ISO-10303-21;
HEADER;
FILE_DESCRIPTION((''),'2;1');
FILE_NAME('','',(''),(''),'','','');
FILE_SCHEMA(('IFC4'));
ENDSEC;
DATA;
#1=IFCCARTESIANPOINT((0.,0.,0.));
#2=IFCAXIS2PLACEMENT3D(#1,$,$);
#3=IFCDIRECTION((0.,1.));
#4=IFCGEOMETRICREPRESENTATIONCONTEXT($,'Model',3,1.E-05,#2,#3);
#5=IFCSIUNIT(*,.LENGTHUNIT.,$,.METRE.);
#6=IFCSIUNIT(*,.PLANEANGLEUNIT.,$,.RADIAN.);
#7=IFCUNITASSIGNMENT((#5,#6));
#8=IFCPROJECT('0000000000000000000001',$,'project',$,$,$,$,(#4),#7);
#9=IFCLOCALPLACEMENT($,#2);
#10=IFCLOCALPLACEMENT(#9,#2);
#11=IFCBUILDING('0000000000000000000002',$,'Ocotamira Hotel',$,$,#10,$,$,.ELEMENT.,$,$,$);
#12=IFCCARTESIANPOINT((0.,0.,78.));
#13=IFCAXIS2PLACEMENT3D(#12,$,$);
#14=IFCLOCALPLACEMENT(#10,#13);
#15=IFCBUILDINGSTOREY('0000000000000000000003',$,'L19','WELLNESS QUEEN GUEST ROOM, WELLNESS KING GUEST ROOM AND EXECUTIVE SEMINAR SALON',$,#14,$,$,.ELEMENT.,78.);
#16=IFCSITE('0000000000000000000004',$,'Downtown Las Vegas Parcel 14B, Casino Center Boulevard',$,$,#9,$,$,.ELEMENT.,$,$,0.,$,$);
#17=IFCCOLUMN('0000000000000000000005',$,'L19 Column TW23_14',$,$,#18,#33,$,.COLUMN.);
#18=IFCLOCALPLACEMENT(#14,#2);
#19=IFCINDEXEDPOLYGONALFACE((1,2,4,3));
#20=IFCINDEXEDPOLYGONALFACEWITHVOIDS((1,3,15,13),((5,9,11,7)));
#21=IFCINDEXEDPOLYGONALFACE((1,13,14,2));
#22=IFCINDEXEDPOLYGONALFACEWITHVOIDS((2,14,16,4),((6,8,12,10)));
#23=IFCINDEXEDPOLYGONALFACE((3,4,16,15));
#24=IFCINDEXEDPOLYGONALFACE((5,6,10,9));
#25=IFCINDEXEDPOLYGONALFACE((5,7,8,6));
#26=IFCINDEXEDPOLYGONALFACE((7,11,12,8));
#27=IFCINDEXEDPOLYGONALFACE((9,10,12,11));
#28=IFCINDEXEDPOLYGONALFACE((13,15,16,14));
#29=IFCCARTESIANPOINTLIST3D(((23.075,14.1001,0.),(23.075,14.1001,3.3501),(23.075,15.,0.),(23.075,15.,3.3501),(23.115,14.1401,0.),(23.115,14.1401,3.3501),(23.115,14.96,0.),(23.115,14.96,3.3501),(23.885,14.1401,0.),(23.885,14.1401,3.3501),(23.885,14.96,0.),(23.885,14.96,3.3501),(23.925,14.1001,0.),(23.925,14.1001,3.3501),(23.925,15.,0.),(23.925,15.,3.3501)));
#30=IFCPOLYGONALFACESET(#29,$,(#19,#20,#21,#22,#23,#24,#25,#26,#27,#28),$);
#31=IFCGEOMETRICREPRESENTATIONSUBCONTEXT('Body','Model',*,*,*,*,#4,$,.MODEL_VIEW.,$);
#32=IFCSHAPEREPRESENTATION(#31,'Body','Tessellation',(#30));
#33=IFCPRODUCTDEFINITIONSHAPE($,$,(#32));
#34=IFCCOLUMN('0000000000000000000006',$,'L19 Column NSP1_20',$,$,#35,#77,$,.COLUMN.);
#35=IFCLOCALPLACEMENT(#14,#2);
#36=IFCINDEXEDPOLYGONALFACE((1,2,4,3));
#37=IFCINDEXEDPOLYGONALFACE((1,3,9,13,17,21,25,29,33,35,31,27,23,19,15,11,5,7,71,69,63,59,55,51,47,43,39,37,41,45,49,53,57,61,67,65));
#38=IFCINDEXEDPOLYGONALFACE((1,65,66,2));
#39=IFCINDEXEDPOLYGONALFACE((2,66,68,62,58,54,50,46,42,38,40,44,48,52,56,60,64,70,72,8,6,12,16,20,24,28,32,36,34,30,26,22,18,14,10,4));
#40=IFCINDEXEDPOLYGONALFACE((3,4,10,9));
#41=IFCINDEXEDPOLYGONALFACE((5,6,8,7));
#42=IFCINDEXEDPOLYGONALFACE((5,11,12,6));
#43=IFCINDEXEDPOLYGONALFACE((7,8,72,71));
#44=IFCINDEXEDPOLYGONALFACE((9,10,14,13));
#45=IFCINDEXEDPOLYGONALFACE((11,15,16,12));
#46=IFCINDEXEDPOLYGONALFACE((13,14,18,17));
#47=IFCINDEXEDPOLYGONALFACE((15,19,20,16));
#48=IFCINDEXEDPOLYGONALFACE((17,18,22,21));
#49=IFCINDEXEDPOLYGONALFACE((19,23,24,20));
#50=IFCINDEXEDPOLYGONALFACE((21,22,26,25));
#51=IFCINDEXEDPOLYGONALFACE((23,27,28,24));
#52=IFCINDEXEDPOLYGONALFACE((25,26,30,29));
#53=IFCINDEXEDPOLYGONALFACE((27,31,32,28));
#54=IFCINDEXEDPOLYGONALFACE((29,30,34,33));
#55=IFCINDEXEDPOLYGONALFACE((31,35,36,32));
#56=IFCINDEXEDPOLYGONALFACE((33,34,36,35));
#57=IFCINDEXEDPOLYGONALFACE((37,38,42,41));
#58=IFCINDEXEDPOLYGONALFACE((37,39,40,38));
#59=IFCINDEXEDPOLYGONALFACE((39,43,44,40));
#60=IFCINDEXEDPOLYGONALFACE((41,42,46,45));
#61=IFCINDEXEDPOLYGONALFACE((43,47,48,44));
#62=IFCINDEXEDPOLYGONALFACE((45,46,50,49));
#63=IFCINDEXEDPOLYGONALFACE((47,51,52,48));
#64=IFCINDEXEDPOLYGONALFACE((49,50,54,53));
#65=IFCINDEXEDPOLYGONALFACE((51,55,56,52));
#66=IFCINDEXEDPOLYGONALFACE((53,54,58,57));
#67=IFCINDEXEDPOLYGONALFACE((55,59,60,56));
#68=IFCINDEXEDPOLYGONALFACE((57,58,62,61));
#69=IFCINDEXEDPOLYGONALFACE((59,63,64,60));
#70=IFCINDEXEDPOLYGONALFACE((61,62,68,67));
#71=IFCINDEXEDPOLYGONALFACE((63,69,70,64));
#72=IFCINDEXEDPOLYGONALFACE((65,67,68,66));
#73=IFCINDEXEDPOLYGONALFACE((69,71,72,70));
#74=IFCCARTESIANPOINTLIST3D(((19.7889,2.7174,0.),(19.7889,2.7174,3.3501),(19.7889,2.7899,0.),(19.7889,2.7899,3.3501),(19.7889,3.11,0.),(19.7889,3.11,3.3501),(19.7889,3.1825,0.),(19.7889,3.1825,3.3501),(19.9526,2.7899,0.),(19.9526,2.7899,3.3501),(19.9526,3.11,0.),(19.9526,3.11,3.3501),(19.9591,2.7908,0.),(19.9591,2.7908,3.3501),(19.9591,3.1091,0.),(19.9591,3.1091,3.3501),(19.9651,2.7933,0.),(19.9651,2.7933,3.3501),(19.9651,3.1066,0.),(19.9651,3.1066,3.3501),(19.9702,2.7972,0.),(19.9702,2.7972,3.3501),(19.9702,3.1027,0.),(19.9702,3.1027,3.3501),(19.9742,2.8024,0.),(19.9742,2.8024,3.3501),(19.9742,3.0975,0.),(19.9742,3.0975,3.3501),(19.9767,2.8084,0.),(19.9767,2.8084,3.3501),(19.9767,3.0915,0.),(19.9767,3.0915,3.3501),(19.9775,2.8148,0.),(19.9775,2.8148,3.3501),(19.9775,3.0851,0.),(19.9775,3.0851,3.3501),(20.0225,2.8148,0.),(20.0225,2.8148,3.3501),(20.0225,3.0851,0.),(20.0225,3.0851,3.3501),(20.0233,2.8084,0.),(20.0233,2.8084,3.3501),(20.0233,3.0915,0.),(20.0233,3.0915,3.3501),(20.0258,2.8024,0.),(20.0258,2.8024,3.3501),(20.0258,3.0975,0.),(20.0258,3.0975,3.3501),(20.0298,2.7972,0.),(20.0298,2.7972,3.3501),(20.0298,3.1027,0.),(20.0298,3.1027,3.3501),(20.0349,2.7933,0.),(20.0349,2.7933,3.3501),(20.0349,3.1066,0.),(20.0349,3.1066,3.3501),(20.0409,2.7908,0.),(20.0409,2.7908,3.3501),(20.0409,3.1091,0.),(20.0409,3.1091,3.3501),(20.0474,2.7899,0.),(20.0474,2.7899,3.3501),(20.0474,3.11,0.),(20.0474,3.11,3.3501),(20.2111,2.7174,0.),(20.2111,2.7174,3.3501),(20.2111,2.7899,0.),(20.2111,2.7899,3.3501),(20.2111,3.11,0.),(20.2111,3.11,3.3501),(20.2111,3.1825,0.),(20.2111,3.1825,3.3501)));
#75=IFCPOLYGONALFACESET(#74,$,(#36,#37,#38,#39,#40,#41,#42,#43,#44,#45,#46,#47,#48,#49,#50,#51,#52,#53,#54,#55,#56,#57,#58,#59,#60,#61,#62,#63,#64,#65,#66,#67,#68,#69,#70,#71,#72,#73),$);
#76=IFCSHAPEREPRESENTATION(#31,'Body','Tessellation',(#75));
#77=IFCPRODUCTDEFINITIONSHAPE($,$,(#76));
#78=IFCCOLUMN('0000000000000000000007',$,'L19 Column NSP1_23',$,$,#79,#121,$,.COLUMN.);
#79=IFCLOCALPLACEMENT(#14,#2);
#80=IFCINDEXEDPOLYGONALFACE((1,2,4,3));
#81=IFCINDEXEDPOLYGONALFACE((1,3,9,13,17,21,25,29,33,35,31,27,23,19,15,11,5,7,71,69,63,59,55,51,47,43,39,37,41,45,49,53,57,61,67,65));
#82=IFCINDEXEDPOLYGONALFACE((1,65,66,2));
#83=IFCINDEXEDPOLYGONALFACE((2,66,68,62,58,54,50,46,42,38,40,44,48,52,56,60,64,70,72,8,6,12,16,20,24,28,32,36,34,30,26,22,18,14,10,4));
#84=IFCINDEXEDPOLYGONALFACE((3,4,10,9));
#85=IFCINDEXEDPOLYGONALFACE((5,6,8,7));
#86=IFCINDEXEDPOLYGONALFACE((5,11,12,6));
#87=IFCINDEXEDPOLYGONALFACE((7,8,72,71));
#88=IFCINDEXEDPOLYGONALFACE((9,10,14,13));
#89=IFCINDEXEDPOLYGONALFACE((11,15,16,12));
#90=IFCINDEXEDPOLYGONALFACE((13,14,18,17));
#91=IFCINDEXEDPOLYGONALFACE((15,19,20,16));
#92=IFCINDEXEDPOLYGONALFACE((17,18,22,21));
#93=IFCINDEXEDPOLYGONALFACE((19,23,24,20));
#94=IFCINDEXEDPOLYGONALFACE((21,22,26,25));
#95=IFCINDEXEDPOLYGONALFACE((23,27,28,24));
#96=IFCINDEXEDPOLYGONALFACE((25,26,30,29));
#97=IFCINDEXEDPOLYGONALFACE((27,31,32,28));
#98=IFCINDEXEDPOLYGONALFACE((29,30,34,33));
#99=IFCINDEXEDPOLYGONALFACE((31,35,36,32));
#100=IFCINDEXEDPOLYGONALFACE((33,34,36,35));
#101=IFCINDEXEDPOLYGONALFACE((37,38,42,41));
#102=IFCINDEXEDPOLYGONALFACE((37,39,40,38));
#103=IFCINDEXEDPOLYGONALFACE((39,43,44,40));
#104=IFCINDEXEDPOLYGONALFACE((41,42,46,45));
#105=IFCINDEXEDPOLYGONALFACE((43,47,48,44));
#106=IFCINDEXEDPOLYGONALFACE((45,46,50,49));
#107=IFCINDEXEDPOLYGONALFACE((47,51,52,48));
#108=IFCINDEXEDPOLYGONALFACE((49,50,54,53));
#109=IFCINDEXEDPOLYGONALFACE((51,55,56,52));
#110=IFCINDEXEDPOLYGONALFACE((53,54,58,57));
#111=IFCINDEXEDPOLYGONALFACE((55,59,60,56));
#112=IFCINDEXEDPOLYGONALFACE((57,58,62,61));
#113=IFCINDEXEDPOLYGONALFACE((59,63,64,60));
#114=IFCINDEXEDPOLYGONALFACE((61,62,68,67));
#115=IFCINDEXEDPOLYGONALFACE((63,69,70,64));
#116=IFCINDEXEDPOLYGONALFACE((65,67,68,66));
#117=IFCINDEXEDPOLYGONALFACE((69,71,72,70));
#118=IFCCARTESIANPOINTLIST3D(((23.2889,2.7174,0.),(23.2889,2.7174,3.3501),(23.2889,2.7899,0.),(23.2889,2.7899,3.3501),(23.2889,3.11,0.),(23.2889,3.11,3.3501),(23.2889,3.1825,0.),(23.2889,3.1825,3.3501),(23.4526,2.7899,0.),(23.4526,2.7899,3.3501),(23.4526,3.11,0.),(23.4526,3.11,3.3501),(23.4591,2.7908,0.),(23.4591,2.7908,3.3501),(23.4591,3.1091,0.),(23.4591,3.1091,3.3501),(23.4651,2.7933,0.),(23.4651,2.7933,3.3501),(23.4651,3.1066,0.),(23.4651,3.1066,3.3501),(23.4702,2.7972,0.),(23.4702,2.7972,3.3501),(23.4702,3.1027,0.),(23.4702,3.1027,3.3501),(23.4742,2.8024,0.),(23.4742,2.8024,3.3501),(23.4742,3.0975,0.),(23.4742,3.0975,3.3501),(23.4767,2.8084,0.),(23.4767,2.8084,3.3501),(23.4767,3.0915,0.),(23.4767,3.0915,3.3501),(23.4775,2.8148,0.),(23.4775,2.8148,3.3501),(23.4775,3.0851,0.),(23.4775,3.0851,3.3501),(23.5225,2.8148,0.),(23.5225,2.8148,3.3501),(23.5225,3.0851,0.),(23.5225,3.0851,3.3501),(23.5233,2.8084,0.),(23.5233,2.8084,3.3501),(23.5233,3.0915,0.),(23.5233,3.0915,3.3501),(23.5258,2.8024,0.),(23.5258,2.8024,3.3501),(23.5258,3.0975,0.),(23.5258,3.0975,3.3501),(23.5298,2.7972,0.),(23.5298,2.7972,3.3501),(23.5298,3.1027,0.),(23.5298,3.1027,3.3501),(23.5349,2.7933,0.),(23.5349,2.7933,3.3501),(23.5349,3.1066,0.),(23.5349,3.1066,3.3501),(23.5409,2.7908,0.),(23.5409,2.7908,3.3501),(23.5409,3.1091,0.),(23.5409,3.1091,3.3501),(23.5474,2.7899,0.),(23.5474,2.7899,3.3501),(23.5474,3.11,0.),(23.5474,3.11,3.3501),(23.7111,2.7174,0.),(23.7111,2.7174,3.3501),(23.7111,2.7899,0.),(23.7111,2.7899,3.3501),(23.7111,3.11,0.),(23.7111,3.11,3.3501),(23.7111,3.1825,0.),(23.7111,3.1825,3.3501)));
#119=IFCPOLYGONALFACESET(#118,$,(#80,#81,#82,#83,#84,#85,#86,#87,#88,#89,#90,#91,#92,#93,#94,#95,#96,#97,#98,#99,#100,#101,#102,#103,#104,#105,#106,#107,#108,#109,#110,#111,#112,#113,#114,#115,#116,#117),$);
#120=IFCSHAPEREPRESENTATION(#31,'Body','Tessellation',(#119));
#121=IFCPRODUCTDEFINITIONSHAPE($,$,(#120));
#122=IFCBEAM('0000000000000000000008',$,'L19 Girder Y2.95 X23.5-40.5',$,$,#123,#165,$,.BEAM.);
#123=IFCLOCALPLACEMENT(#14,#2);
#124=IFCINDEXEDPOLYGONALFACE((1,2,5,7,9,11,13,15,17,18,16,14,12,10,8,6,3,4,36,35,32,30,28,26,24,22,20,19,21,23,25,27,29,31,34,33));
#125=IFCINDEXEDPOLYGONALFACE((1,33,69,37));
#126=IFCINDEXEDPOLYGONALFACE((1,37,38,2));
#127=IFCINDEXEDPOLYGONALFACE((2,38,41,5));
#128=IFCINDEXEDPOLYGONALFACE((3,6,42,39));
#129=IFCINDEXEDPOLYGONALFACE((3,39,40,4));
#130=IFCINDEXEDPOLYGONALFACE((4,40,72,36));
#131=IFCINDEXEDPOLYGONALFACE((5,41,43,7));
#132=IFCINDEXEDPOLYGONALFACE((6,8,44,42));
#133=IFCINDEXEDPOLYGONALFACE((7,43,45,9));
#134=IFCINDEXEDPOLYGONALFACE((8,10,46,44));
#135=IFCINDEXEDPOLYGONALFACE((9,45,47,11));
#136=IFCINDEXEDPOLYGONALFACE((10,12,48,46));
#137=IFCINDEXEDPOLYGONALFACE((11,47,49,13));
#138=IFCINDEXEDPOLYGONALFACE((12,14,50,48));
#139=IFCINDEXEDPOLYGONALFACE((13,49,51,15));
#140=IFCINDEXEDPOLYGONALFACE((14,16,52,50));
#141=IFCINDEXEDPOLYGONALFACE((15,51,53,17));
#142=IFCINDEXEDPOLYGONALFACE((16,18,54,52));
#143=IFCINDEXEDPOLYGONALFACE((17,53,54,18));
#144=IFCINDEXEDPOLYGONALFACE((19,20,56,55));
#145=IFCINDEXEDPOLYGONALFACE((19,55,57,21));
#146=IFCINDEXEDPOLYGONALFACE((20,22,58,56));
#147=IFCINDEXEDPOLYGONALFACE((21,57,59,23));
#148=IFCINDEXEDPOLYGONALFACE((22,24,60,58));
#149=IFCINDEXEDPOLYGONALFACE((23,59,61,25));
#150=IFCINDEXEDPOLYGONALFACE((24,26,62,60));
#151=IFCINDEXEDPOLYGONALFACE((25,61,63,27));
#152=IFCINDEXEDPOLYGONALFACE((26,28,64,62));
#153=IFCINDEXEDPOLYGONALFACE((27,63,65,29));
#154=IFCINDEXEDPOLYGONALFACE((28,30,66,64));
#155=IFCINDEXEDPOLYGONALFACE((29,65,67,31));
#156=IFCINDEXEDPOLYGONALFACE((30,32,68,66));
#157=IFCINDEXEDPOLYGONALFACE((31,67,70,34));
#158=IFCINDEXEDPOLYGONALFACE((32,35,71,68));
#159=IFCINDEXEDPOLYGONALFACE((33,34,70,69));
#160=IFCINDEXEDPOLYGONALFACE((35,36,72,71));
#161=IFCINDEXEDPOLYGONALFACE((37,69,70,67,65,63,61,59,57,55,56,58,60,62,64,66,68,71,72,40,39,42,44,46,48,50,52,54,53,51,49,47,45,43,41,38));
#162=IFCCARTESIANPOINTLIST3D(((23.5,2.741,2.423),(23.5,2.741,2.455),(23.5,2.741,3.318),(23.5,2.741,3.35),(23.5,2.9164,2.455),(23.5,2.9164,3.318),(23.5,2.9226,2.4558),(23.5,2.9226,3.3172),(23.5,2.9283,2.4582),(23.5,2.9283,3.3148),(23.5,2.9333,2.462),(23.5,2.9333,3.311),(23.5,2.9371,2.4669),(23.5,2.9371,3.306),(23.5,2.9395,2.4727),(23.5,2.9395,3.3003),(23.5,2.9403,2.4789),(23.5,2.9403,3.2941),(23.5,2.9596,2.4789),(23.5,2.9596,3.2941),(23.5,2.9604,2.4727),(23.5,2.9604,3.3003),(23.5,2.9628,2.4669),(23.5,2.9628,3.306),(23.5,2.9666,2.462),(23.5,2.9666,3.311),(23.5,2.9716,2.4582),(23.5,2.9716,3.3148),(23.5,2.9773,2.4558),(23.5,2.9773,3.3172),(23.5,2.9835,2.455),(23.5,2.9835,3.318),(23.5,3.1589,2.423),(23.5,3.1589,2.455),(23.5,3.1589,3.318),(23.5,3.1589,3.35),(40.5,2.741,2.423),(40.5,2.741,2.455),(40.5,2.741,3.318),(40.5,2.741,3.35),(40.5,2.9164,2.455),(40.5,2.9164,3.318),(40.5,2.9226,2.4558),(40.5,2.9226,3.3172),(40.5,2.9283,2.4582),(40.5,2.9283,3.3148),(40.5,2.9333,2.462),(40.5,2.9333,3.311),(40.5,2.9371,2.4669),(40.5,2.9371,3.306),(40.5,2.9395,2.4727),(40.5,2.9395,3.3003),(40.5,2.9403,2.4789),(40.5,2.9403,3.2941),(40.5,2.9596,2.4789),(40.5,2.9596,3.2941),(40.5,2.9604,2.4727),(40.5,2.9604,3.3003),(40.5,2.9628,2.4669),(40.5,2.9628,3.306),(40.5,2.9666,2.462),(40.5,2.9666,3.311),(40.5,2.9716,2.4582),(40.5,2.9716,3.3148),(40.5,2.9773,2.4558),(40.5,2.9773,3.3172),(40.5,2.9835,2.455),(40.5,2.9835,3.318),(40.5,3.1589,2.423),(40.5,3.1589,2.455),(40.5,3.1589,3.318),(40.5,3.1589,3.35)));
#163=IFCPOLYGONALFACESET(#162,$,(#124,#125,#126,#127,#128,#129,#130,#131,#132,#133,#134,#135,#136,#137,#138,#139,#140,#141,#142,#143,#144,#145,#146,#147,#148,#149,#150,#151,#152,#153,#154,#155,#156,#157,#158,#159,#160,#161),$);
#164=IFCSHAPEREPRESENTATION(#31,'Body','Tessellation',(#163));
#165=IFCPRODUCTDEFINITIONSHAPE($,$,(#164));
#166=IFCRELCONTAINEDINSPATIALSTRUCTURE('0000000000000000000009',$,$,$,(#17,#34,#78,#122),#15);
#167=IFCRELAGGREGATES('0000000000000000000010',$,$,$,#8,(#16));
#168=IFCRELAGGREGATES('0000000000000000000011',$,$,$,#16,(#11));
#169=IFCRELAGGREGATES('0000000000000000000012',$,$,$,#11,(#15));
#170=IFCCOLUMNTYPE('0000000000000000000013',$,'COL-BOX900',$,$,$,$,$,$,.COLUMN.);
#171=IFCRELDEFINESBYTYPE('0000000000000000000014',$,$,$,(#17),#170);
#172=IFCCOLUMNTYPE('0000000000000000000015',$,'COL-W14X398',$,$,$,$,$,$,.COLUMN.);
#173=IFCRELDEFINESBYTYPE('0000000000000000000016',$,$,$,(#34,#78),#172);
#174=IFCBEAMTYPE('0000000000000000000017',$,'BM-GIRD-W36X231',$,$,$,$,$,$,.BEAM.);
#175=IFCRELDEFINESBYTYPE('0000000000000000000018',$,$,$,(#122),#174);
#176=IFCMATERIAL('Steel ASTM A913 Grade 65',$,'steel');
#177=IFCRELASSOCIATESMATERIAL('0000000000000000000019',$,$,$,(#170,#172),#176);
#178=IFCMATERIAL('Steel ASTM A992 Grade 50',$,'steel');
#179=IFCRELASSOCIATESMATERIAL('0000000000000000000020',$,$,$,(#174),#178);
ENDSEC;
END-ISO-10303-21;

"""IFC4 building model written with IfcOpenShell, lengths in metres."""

from ifc_helpers import new_model, si_unit, direction, frame, origin, origin_2d, place, context, subcontext, project, spatial, hollow_rectangle, i_section, extrude, source, transform, mapped, material, material_profile, profile_set, type_object, element, save


model = new_model("IFC4")

# Units and contexts
model_context = context("Model", 3, precision=1e-05, world=origin(), true_north=direction((0.0, 1.0)))
body_context = subcontext(model_context, "Body", "Model", "MODEL_VIEW")
ifc_project = project(units=[si_unit("LENGTHUNIT", "METRE"), si_unit("PLANEANGLEUNIT", "RADIAN")], contexts=[model_context])

# Site, building, storey
site_placement = place(None, origin())
site = spatial("IfcSite", under=ifc_project, at=site_placement, Name="Downtown Las Vegas Parcel 14B, Casino Center Boulevard", CompositionType="ELEMENT", RefElevation=0.0)
building_placement = place(site_placement, origin())
building = spatial("IfcBuilding", under=site, at=building_placement, Name="Ocotamira Hotel", CompositionType="ELEMENT")
storey_placement = place(building_placement, frame((0.0, 0.0, 78.0)))
storey = spatial("IfcBuildingStorey", under=building, at=storey_placement, Name="L19", Description="WELLNESS QUEEN GUEST ROOM, WELLNESS KING GUEST ROOM AND EXECUTIVE SEMINAR SALON", CompositionType="ELEMENT", Elevation=78.0)

# Columns
ifc_material_1 = material(Name="Steel ASTM A913 Grade 65", Category="steel")
ifc_material_profile_1 = material_profile(ifc_material_1, hollow_rectangle(XDim=0.8501, YDim=0.8999, WallThickness=0.04, at=origin_2d()), Name="BOX900X850X40")
ifc_profile_set_1 = profile_set([ifc_material_profile_1], Name="Steel ASTM A913 Grade 65")
column_type_1 = type_object("IfcColumnType", Name="COL-BOX900", PredefinedType="COLUMN", material=ifc_profile_set_1)
shared_shape_1 = source(origin(), body_context, "Body", "SweptSolid", [
    extrude(hollow_rectangle(XDim=0.8501, YDim=0.8999, WallThickness=0.04, at=origin_2d()), origin(), (0.0, 0.0, 1.0), 3.3501),
])
column_placement = place(storey_placement, frame((23.5, 14.55, 0.0), z_axis=(0.0, 0.0, 1.0), x_axis=(1.0, 0.0, 0.0)))
element("IfcColumn", 1, at=column_placement, inside=storey, type_object=column_type_1, Name="L19 Column TW23_14", PredefinedType="COLUMN", context=body_context, shape_type="MappedRepresentation", body=[
    mapped(shared_shape_1, transform((0.0, 0.0, 0.0), scale=1.0)),
])
ifc_material_profile_2 = material_profile(ifc_material_1, i_section(OverallWidth=0.4221, OverallDepth=0.4651, WebThickness=0.0449, FlangeThickness=0.0725, FilletRadius=0.0249, at=origin_2d()), Name="W14X398")
ifc_profile_set_2 = profile_set([ifc_material_profile_2], Name="Steel ASTM A913 Grade 65")
column_type_2 = type_object("IfcColumnType", Name="COL-W14X398", PredefinedType="COLUMN", material=ifc_profile_set_2)
shared_shape_2 = source(origin(), body_context, "Body", "SweptSolid", [
    extrude(i_section(OverallWidth=0.4221, OverallDepth=0.4651, WebThickness=0.0449, FlangeThickness=0.0725, FilletRadius=0.0249, at=origin_2d()), origin(), (0.0, 0.0, 1.0), 3.3501),
])
for number, where, z_axis, x_axis, name in (
    (2, (20.0, 2.95, 0.0), (0.0, 0.0, 1.0), (1.0, 0.0, 0.0), "L19 Column NSP1_20"),
    (3, (23.5, 2.95, 0.0), (0.0, 0.0, 1.0), (1.0, 0.0, 0.0), "L19 Column NSP1_23"),
):
    element("IfcColumn", number, at=place(storey_placement, frame(where, z_axis=z_axis, x_axis=x_axis)), inside=storey, type_object=column_type_2, Name=name, PredefinedType="COLUMN", context=body_context, shape_type="MappedRepresentation", body=[
        mapped(shared_shape_2, transform((0.0, 0.0, 0.0), scale=1.0)),
    ])

# Beam
ifc_material_2 = material(Name="Steel ASTM A992 Grade 50", Category="steel")
ifc_material_profile_3 = material_profile(ifc_material_2, i_section(OverallWidth=0.418, OverallDepth=0.927, WebThickness=0.0193, FlangeThickness=0.032, FilletRadius=0.0239, at=origin_2d()), Name="W36X231")
ifc_profile_set_3 = profile_set([ifc_material_profile_3], Name="Steel ASTM A992 Grade 50")
beam_type_1 = type_object("IfcBeamType", Name="BM-GIRD-W36X231", PredefinedType="BEAM", material=ifc_profile_set_3)
shared_shape_3 = source(origin(), body_context, "Body", "SweptSolid", [
    extrude(i_section(OverallWidth=0.418, OverallDepth=0.927, WebThickness=0.0193, FlangeThickness=0.032, FilletRadius=0.0239, at=origin_2d()), origin(), (0.0, 0.0, 1.0), 17.0),
])
beam_1_placement = place(storey_placement, frame((23.5, 2.95, 2.8865), z_axis=(1.0, 0.0, 0.0), x_axis=(0.0, 1.0, 0.0)))
element("IfcBeam", 4, at=beam_1_placement, inside=storey, type_object=beam_type_1, Name="L19 Girder Y2.95 X23.5-40.5", PredefinedType="BEAM", context=body_context, shape_type="MappedRepresentation", body=[
    mapped(shared_shape_3, transform((0.0, 0.0, 0.0), scale=1.0)),
])

save(model, "model.ifc")
